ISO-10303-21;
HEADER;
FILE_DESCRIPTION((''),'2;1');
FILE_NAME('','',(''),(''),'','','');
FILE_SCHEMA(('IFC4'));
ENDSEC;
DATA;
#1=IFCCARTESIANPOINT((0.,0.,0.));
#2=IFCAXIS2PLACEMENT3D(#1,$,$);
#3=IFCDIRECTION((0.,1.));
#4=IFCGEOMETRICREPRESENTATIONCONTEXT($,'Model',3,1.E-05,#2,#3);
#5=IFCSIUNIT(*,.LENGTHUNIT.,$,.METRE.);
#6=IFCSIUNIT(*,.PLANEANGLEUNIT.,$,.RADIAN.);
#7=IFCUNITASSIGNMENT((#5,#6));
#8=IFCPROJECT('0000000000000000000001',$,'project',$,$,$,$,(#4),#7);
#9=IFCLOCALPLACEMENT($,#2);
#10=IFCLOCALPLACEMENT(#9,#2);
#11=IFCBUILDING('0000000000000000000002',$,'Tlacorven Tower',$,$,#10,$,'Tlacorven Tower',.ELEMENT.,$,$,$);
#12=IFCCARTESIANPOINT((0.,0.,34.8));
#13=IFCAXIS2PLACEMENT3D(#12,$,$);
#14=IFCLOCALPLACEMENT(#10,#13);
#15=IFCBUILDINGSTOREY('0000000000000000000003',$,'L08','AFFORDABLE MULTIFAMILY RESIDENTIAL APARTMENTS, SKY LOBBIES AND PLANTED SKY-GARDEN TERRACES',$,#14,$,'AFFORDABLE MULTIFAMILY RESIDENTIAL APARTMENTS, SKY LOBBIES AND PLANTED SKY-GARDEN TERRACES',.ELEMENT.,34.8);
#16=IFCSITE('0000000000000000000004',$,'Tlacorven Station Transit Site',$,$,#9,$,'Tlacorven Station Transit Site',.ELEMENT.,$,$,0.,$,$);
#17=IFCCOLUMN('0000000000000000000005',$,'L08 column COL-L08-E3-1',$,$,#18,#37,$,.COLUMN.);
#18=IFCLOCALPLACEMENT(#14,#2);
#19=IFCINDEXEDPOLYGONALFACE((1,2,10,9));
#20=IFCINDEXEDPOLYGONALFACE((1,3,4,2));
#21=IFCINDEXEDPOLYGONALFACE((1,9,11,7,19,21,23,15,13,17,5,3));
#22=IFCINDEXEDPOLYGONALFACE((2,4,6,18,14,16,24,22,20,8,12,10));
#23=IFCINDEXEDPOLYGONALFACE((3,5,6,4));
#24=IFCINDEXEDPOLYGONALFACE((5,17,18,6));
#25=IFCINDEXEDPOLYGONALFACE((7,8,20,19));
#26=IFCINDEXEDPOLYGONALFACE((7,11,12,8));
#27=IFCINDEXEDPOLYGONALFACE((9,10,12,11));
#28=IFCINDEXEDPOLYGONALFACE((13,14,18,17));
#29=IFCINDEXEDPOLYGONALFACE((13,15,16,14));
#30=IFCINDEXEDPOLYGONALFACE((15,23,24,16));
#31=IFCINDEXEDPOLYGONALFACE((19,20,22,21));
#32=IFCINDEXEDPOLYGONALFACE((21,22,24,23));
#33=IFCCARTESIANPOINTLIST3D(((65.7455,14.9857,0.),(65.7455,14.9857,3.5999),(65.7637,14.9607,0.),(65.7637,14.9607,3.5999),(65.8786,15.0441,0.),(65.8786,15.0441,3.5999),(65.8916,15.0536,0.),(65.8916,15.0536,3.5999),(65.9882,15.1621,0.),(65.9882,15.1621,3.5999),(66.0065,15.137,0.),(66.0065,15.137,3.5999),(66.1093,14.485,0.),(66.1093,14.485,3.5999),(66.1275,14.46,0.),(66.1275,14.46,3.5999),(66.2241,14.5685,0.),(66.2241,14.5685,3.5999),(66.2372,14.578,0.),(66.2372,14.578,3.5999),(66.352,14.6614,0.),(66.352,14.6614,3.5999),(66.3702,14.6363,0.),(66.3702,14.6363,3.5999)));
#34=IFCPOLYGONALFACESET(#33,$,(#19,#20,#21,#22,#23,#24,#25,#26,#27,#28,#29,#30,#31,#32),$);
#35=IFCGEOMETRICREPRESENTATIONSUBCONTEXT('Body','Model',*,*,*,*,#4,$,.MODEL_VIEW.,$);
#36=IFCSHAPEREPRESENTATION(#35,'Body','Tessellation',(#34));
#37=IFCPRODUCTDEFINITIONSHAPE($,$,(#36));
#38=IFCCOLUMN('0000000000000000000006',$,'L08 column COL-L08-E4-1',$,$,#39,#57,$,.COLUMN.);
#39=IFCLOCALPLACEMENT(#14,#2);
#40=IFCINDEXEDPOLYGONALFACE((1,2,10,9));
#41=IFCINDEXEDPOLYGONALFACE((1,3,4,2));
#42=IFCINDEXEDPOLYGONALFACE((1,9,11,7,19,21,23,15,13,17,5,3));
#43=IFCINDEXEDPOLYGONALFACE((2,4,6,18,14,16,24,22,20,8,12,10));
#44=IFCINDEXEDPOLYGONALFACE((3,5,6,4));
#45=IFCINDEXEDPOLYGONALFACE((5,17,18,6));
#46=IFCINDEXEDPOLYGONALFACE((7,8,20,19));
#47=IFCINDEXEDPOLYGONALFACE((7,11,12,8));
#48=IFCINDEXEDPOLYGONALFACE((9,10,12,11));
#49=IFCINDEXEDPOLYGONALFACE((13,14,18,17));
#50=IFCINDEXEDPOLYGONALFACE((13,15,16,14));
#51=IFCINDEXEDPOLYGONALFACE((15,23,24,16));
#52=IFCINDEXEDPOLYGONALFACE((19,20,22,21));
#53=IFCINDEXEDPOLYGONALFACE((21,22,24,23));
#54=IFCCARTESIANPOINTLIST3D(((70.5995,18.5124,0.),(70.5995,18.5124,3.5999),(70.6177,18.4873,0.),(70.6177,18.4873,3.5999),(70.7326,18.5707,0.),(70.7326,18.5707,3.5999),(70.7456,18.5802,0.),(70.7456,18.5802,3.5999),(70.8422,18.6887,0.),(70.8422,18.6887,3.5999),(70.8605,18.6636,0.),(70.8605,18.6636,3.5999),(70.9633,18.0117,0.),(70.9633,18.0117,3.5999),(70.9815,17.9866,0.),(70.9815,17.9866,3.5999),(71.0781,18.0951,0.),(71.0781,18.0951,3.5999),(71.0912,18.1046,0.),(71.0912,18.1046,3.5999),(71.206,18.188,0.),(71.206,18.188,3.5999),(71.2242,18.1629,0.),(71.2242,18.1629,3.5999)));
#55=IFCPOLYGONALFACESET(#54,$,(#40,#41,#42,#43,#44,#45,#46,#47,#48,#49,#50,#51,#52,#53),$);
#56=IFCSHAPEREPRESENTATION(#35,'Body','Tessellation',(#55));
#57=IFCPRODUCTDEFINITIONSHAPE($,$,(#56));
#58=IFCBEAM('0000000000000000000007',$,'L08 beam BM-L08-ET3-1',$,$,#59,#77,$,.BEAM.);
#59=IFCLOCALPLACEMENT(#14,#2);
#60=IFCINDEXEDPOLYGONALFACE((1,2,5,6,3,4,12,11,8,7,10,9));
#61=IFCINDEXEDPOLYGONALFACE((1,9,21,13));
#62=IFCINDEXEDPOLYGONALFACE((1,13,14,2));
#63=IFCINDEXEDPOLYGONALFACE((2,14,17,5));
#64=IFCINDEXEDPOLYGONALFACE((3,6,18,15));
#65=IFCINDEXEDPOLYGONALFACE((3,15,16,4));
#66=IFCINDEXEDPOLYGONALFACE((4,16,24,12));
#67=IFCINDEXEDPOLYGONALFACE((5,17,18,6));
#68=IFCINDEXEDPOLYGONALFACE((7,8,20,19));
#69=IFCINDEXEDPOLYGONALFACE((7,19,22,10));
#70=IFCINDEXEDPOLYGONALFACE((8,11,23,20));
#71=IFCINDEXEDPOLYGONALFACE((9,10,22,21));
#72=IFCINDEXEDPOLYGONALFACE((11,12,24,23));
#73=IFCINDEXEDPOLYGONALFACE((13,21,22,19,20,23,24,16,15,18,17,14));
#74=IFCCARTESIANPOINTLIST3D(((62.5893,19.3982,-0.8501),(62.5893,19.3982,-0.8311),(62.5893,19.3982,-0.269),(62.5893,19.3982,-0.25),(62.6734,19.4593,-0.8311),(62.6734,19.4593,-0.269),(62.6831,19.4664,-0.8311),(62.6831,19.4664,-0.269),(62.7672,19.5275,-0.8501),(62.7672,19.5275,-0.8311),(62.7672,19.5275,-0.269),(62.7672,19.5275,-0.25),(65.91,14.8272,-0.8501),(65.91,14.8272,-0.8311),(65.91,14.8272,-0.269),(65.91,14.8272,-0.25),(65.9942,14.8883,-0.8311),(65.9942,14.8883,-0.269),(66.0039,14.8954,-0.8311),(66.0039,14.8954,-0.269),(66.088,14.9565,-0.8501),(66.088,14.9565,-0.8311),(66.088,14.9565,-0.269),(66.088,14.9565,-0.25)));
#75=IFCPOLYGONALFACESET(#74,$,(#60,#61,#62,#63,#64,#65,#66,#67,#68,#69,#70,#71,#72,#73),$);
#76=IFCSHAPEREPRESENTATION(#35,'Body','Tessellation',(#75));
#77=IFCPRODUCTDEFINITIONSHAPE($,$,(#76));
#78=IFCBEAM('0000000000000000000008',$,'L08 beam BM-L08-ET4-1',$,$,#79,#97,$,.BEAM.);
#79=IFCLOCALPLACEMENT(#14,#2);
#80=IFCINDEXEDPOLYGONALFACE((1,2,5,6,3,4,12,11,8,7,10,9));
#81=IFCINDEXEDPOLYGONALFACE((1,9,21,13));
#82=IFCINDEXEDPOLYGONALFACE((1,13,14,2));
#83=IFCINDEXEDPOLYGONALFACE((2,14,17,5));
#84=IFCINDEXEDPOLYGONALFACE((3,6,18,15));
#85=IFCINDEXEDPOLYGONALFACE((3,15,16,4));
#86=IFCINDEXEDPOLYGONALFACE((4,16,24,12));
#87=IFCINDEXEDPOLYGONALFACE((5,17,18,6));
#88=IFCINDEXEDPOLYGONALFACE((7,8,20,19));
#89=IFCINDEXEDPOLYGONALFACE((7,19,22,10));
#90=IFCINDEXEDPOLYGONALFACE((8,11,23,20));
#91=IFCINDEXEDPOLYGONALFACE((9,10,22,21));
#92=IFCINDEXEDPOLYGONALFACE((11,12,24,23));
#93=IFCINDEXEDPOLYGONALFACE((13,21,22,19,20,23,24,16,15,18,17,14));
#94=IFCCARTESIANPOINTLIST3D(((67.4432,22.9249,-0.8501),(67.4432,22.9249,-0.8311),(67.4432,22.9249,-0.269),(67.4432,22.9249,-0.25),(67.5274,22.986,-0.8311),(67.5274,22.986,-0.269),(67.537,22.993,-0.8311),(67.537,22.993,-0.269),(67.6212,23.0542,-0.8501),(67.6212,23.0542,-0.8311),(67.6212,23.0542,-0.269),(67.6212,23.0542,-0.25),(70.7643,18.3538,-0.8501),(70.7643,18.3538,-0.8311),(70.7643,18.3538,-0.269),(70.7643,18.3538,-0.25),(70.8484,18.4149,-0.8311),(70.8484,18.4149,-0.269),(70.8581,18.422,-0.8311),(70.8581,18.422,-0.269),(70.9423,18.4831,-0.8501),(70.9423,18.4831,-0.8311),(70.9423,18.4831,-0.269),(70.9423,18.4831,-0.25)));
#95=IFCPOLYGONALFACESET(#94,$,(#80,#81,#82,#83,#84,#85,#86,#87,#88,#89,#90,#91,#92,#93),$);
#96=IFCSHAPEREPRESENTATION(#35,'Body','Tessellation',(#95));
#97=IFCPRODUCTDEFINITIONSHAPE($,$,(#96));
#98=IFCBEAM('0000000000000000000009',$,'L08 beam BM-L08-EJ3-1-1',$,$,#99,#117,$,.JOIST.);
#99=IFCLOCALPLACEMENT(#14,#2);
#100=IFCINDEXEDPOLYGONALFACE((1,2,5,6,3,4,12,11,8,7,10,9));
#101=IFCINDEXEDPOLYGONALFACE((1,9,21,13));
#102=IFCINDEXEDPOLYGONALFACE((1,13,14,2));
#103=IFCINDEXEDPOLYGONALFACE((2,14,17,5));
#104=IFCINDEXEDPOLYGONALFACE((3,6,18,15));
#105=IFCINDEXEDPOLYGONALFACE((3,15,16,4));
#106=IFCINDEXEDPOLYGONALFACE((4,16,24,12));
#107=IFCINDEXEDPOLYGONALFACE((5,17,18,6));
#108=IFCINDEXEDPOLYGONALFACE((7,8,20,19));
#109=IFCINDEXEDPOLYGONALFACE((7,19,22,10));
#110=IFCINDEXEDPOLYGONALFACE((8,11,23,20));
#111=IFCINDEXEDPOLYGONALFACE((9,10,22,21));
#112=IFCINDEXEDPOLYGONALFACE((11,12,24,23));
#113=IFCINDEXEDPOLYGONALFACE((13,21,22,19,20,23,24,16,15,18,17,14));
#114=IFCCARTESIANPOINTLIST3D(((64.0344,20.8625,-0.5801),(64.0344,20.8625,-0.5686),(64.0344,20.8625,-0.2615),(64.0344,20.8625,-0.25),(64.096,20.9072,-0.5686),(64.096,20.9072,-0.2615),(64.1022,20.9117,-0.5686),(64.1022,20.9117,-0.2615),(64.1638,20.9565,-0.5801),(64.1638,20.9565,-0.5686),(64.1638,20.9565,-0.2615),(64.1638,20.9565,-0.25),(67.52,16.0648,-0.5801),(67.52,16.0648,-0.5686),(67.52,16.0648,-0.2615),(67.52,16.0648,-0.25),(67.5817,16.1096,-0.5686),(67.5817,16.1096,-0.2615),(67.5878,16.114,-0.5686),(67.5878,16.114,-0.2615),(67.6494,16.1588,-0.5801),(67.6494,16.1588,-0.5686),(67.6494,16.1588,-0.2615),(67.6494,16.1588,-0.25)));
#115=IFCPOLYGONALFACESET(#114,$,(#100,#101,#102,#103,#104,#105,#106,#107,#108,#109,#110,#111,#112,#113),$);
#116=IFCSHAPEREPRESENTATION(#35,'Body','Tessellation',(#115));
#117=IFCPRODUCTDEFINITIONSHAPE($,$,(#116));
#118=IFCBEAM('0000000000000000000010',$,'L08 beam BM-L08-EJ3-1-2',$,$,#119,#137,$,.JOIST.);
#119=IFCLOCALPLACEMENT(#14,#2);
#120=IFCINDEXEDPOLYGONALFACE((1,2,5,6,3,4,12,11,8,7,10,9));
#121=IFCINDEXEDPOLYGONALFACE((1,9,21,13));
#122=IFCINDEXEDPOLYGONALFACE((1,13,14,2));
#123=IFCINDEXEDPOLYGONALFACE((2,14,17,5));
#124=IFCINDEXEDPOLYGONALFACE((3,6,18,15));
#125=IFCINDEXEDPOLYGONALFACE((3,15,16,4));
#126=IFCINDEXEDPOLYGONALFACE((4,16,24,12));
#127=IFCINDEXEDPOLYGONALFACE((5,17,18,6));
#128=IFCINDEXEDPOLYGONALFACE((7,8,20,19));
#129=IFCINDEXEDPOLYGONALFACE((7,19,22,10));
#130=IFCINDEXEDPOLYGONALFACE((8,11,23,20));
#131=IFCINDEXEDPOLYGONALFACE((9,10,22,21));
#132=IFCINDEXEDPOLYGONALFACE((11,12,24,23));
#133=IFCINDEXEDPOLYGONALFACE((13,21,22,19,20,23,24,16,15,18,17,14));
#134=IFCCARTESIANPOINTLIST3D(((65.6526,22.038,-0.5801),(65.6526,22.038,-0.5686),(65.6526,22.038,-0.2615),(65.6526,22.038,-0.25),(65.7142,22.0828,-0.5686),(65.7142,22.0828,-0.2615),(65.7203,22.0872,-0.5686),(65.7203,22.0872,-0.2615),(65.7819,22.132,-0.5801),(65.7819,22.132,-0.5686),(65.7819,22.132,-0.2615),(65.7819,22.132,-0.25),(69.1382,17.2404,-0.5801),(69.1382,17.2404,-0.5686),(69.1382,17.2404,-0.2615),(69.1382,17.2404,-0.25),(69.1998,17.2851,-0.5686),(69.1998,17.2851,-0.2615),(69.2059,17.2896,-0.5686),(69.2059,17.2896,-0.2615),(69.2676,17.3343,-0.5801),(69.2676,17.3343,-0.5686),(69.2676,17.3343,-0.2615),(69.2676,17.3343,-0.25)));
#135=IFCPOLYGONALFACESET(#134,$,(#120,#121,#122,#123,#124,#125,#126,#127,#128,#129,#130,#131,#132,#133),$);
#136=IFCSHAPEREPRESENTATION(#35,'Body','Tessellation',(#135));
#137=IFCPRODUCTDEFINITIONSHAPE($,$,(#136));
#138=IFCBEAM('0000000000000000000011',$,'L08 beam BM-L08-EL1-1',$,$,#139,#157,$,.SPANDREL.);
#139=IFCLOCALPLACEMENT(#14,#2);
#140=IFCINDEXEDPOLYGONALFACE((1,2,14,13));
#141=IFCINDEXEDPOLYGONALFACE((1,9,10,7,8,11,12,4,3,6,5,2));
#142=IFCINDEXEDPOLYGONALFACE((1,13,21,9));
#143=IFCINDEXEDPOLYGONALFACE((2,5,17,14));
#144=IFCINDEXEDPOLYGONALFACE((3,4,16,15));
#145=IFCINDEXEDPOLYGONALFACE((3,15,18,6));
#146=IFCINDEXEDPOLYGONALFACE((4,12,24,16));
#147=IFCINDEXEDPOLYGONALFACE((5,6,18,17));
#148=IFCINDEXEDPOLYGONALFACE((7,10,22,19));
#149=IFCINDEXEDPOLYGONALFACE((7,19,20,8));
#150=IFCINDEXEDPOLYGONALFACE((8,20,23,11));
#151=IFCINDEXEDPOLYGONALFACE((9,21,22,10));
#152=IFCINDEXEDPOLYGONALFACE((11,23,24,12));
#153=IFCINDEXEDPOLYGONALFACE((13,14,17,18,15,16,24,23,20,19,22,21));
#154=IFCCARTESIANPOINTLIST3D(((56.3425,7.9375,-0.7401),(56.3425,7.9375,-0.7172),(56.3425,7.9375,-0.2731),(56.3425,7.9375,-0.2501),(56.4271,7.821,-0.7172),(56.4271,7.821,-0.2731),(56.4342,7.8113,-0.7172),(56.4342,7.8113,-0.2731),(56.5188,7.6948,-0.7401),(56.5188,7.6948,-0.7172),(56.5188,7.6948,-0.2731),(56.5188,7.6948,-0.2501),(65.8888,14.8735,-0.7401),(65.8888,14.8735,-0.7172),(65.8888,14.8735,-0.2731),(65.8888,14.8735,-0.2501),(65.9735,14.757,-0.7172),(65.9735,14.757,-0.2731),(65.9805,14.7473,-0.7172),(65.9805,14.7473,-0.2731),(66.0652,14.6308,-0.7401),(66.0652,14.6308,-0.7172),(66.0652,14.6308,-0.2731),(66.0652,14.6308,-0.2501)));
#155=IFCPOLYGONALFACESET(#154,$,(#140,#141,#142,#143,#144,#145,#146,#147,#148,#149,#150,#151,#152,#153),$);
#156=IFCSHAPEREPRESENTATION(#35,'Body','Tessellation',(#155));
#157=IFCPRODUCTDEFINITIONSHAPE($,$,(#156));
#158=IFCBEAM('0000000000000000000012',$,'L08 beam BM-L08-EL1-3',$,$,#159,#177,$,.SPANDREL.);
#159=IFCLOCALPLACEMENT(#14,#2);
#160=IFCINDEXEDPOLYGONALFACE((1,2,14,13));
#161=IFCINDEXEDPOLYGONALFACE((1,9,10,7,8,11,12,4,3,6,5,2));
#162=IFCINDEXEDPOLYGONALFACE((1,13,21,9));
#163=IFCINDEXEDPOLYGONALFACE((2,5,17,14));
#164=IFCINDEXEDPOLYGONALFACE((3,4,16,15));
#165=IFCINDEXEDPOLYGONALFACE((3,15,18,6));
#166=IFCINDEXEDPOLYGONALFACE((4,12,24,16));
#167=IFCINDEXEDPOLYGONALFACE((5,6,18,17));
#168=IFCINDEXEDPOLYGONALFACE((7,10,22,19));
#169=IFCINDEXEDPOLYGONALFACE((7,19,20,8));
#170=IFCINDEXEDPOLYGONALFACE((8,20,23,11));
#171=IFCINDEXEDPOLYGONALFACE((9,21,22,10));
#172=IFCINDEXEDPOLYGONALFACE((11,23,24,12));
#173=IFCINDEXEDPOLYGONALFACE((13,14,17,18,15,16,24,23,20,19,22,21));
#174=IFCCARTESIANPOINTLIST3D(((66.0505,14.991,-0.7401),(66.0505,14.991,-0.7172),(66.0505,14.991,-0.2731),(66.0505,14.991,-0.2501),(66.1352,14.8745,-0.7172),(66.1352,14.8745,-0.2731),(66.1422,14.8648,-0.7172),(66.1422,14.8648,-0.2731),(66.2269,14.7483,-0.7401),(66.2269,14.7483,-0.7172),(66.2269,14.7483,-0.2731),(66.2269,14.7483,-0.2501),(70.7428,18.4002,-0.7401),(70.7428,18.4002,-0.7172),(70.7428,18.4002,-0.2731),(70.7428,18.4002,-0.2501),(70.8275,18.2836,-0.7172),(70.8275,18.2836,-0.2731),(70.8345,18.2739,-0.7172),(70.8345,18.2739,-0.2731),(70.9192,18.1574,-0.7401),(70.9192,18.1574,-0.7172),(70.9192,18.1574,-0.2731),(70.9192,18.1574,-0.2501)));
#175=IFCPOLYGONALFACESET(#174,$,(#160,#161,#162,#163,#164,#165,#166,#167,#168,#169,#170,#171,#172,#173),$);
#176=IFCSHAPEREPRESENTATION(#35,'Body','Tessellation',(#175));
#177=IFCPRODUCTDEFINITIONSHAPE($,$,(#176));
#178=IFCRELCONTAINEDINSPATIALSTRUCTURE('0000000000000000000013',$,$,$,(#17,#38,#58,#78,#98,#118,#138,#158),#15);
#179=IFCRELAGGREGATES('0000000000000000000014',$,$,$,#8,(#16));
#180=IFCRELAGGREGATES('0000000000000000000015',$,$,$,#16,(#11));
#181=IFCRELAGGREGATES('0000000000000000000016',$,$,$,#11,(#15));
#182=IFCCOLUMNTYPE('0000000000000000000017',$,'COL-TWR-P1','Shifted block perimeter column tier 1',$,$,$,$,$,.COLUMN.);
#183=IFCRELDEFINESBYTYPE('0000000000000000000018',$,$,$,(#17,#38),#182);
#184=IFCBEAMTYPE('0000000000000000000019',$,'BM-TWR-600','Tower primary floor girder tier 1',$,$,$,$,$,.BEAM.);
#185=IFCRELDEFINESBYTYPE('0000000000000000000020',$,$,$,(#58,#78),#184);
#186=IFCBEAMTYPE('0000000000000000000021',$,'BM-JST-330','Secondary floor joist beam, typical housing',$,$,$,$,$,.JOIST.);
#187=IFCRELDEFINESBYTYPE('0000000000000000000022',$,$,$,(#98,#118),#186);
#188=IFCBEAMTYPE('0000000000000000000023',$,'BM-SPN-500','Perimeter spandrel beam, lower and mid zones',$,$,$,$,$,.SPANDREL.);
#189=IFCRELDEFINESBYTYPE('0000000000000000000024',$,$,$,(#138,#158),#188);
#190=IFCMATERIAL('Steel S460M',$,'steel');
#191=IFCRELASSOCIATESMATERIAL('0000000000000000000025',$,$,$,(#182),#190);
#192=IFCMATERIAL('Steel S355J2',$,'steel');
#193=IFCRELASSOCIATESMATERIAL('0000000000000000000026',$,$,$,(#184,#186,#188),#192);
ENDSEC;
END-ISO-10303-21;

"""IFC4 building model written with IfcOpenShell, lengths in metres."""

from ifc_helpers import new_model, si_unit, direction, frame, origin, origin_2d, place, context, subcontext, project, spatial, i_section, extrude, source, transform, mapped, material, material_profile, profile_set, type_object, element, save


model = new_model("IFC4")

# Units and contexts
model_context = context("Model", 3, precision=1e-05, world=origin(), true_north=direction((0.0, 1.0)))
body_context = subcontext(model_context, "Body", "Model", "MODEL_VIEW")
ifc_project = project(units=[si_unit("LENGTHUNIT", "METRE"), si_unit("PLANEANGLEUNIT", "RADIAN")], contexts=[model_context])

# Site, building, storey
site_placement = place(None, origin())
site = spatial("IfcSite", under=ifc_project, at=site_placement, Name="Tlacorven Station Transit Site", LongName="Tlacorven Station Transit Site", CompositionType="ELEMENT", RefElevation=0.0)
building_placement = place(site_placement, origin())
building = spatial("IfcBuilding", under=site, at=building_placement, Name="Tlacorven Tower", LongName="Tlacorven Tower", CompositionType="ELEMENT")
storey_placement = place(building_placement, frame((0.0, 0.0, 34.8)))
storey = spatial("IfcBuildingStorey", under=building, at=storey_placement, Name="L08", Description="AFFORDABLE MULTIFAMILY RESIDENTIAL APARTMENTS, SKY LOBBIES AND PLANTED SKY-GARDEN TERRACES", LongName="AFFORDABLE MULTIFAMILY RESIDENTIAL APARTMENTS, SKY LOBBIES AND PLANTED SKY-GARDEN TERRACES", CompositionType="ELEMENT", Elevation=34.8)

# Columns
ifc_material_1 = material(Name="Steel S460M", Category="steel")
ifc_material_profile_1 = material_profile(ifc_material_1, i_section(OverallWidth=0.3, OverallDepth=0.6499, WebThickness=0.0161, FlangeThickness=0.031, at=origin_2d()), Name="HEB 650")
ifc_profile_set_1 = profile_set([ifc_material_profile_1], Name="Steel S460M")
column_type = type_object("IfcColumnType", Name="COL-TWR-P1", Description="Shifted block perimeter column tier 1", PredefinedType="COLUMN", material=ifc_profile_set_1)
shared_shape_1 = source(origin(), body_context, "Body", "SweptSolid", [
    extrude(i_section(OverallWidth=0.3, OverallDepth=0.6499, WebThickness=0.0161, FlangeThickness=0.031, at=origin_2d()), origin(), (0.0, 0.0, 1.0), 3.5999),
])
for number, where, z_axis, x_axis, name in (
    (1, (66.0579, 14.811, 0.0), (0.0, 0.0, 1.0), (0.809017, 0.587785, 0.0), "L08 column COL-L08-E3-1"),
    (2, (70.9119, 18.3376, 0.0), (0.0, 0.0, 1.0), (0.809017, 0.587785, 0.0), "L08 column COL-L08-E4-1"),
):
    element("IfcColumn", number, at=place(storey_placement, frame(where, z_axis=z_axis, x_axis=x_axis)), inside=storey, type_object=column_type, Name=name, PredefinedType="COLUMN", context=body_context, shape_type="MappedRepresentation", body=[
        mapped(shared_shape_1, transform((0.0, 0.0, 0.0), scale=1.0)),
    ])

# Beams
ifc_material_2 = material(Name="Steel S355J2", Category="steel")
ifc_material_profile_2 = material_profile(ifc_material_2, i_section(OverallWidth=0.22, OverallDepth=0.6001, WebThickness=0.012, FlangeThickness=0.019, at=origin_2d()), Name="IPE 600")
ifc_profile_set_2 = profile_set([ifc_material_profile_2], Name="Steel S355J2")
beam_type_1 = type_object("IfcBeamType", Name="BM-TWR-600", Description="Tower primary floor girder tier 1", PredefinedType="BEAM", material=ifc_profile_set_2)
shared_shape_2 = source(origin(), body_context, "Body", "SweptSolid", [
    extrude(i_section(OverallWidth=0.22, OverallDepth=0.6001, WebThickness=0.012, FlangeThickness=0.019, at=origin_2d()), origin(), (0.0, 0.0, 1.0), 5.6499),
])
beam_1_placement = place(storey_placement, frame((65.999, 14.8918, -0.55), z_axis=(-0.587755, 0.809039, 0.0), x_axis=(-0.809039, -0.587755, 0.0)))
element("IfcBeam", 3, at=beam_1_placement, inside=storey, type_object=beam_type_1, Name="L08 beam BM-L08-ET3-1", PredefinedType="BEAM", context=body_context, shape_type="MappedRepresentation", body=[
    mapped(shared_shape_2, transform((0.0, 0.0, 0.0), scale=1.0)),
])
shared_shape_3 = source(origin(), body_context, "Body", "SweptSolid", [
    extrude(i_section(OverallWidth=0.22, OverallDepth=0.6001, WebThickness=0.012, FlangeThickness=0.019, at=origin_2d()), origin(), (0.0, 0.0, 1.0), 5.6501),
])
beam_2_placement = place(storey_placement, frame((70.8533, 18.4185, -0.55), z_axis=(-0.587784, 0.809018, 0.0), x_axis=(-0.809018, -0.587784, 0.0)))
element("IfcBeam", 4, at=beam_2_placement, inside=storey, type_object=beam_type_1, Name="L08 beam BM-L08-ET4-1", PredefinedType="BEAM", context=body_context, shape_type="MappedRepresentation", body=[
    mapped(shared_shape_3, transform((0.0, 0.0, 0.0), scale=1.0)),
])
ifc_material_profile_3 = material_profile(ifc_material_2, i_section(OverallWidth=0.1599, OverallDepth=0.3301, WebThickness=0.0076, FlangeThickness=0.0115, at=origin_2d()), Name="IPE 330")
ifc_profile_set_3 = profile_set([ifc_material_profile_3], Name="Steel S355J2")
beam_type_2 = type_object("IfcBeamType", Name="BM-JST-330", Description="Secondary floor joist beam, typical housing", PredefinedType="JOIST", material=ifc_profile_set_3)
shared_shape_4 = source(origin(), body_context, "Body", "SweptSolid", [
    extrude(i_section(OverallWidth=0.1599, OverallDepth=0.3301, WebThickness=0.0076, FlangeThickness=0.0115, at=origin_2d()), origin(), (0.0, 0.0, 1.0), 5.9302),
])
for number, where, z_axis, x_axis, name in (
    (5, (67.5847, 16.1118, -0.415), (-0.587778, 0.809023, 0.0), (-0.809023, -0.587778, 0.0), "L08 beam BM-L08-EJ3-1-1"),
    (6, (69.2029, 17.2874, -0.415), (-0.587778, 0.809023, 0.0), (-0.809023, -0.587778, 0.0), "L08 beam BM-L08-EJ3-1-2"),
):
    element("IfcBeam", number, at=place(storey_placement, frame(where, z_axis=z_axis, x_axis=x_axis)), inside=storey, type_object=beam_type_2, Name=name, PredefinedType="JOIST", context=body_context, shape_type="MappedRepresentation", body=[
        mapped(shared_shape_4, transform((0.0, 0.0, 0.0), scale=1.0)),
    ])
ifc_material_profile_4 = material_profile(ifc_material_2, i_section(OverallWidth=0.3, OverallDepth=0.49, WebThickness=0.012, FlangeThickness=0.0229, at=origin_2d()), Name="HEA 500")
ifc_profile_set_4 = profile_set([ifc_material_profile_4], Name="Steel S355J2")
beam_type_3 = type_object("IfcBeamType", Name="BM-SPN-500", Description="Perimeter spandrel beam, lower and mid zones", PredefinedType="SPANDREL", material=ifc_profile_set_4)
shared_shape_5 = source(origin(), body_context, "Body", "SweptSolid", [
    extrude(i_section(OverallWidth=0.3, OverallDepth=0.49, WebThickness=0.012, FlangeThickness=0.0229, at=origin_2d()), origin(), (0.0, 0.0, 1.0), 11.8),
])
beam_3_placement = place(storey_placement, frame((56.4307, 7.8162, -0.4951), z_axis=(0.80901, 0.587795, 0.0), x_axis=(-0.587795, 0.80901, 0.0)))
element("IfcBeam", 7, at=beam_3_placement, inside=storey, type_object=beam_type_3, Name="L08 beam BM-L08-EL1-1", PredefinedType="SPANDREL", context=body_context, shape_type="MappedRepresentation", body=[
    mapped(shared_shape_5, transform((0.0, 0.0, 0.0), scale=1.0)),
])
shared_shape_6 = source(origin(), body_context, "Body", "SweptSolid", [
    extrude(i_section(OverallWidth=0.3, OverallDepth=0.49, WebThickness=0.012, FlangeThickness=0.0229, at=origin_2d()), origin(), (0.0, 0.0, 1.0), 5.8),
])
beam_4_placement = place(storey_placement, frame((66.1387, 14.8696, -0.4951), z_axis=(0.80902, 0.587781, 0.0), x_axis=(-0.587781, 0.80902, 0.0)))
element("IfcBeam", 8, at=beam_4_placement, inside=storey, type_object=beam_type_3, Name="L08 beam BM-L08-EL1-3", PredefinedType="SPANDREL", context=body_context, shape_type="MappedRepresentation", body=[
    mapped(shared_shape_6, transform((0.0, 0.0, 0.0), scale=1.0)),
])

save(model, "model.ifc")
